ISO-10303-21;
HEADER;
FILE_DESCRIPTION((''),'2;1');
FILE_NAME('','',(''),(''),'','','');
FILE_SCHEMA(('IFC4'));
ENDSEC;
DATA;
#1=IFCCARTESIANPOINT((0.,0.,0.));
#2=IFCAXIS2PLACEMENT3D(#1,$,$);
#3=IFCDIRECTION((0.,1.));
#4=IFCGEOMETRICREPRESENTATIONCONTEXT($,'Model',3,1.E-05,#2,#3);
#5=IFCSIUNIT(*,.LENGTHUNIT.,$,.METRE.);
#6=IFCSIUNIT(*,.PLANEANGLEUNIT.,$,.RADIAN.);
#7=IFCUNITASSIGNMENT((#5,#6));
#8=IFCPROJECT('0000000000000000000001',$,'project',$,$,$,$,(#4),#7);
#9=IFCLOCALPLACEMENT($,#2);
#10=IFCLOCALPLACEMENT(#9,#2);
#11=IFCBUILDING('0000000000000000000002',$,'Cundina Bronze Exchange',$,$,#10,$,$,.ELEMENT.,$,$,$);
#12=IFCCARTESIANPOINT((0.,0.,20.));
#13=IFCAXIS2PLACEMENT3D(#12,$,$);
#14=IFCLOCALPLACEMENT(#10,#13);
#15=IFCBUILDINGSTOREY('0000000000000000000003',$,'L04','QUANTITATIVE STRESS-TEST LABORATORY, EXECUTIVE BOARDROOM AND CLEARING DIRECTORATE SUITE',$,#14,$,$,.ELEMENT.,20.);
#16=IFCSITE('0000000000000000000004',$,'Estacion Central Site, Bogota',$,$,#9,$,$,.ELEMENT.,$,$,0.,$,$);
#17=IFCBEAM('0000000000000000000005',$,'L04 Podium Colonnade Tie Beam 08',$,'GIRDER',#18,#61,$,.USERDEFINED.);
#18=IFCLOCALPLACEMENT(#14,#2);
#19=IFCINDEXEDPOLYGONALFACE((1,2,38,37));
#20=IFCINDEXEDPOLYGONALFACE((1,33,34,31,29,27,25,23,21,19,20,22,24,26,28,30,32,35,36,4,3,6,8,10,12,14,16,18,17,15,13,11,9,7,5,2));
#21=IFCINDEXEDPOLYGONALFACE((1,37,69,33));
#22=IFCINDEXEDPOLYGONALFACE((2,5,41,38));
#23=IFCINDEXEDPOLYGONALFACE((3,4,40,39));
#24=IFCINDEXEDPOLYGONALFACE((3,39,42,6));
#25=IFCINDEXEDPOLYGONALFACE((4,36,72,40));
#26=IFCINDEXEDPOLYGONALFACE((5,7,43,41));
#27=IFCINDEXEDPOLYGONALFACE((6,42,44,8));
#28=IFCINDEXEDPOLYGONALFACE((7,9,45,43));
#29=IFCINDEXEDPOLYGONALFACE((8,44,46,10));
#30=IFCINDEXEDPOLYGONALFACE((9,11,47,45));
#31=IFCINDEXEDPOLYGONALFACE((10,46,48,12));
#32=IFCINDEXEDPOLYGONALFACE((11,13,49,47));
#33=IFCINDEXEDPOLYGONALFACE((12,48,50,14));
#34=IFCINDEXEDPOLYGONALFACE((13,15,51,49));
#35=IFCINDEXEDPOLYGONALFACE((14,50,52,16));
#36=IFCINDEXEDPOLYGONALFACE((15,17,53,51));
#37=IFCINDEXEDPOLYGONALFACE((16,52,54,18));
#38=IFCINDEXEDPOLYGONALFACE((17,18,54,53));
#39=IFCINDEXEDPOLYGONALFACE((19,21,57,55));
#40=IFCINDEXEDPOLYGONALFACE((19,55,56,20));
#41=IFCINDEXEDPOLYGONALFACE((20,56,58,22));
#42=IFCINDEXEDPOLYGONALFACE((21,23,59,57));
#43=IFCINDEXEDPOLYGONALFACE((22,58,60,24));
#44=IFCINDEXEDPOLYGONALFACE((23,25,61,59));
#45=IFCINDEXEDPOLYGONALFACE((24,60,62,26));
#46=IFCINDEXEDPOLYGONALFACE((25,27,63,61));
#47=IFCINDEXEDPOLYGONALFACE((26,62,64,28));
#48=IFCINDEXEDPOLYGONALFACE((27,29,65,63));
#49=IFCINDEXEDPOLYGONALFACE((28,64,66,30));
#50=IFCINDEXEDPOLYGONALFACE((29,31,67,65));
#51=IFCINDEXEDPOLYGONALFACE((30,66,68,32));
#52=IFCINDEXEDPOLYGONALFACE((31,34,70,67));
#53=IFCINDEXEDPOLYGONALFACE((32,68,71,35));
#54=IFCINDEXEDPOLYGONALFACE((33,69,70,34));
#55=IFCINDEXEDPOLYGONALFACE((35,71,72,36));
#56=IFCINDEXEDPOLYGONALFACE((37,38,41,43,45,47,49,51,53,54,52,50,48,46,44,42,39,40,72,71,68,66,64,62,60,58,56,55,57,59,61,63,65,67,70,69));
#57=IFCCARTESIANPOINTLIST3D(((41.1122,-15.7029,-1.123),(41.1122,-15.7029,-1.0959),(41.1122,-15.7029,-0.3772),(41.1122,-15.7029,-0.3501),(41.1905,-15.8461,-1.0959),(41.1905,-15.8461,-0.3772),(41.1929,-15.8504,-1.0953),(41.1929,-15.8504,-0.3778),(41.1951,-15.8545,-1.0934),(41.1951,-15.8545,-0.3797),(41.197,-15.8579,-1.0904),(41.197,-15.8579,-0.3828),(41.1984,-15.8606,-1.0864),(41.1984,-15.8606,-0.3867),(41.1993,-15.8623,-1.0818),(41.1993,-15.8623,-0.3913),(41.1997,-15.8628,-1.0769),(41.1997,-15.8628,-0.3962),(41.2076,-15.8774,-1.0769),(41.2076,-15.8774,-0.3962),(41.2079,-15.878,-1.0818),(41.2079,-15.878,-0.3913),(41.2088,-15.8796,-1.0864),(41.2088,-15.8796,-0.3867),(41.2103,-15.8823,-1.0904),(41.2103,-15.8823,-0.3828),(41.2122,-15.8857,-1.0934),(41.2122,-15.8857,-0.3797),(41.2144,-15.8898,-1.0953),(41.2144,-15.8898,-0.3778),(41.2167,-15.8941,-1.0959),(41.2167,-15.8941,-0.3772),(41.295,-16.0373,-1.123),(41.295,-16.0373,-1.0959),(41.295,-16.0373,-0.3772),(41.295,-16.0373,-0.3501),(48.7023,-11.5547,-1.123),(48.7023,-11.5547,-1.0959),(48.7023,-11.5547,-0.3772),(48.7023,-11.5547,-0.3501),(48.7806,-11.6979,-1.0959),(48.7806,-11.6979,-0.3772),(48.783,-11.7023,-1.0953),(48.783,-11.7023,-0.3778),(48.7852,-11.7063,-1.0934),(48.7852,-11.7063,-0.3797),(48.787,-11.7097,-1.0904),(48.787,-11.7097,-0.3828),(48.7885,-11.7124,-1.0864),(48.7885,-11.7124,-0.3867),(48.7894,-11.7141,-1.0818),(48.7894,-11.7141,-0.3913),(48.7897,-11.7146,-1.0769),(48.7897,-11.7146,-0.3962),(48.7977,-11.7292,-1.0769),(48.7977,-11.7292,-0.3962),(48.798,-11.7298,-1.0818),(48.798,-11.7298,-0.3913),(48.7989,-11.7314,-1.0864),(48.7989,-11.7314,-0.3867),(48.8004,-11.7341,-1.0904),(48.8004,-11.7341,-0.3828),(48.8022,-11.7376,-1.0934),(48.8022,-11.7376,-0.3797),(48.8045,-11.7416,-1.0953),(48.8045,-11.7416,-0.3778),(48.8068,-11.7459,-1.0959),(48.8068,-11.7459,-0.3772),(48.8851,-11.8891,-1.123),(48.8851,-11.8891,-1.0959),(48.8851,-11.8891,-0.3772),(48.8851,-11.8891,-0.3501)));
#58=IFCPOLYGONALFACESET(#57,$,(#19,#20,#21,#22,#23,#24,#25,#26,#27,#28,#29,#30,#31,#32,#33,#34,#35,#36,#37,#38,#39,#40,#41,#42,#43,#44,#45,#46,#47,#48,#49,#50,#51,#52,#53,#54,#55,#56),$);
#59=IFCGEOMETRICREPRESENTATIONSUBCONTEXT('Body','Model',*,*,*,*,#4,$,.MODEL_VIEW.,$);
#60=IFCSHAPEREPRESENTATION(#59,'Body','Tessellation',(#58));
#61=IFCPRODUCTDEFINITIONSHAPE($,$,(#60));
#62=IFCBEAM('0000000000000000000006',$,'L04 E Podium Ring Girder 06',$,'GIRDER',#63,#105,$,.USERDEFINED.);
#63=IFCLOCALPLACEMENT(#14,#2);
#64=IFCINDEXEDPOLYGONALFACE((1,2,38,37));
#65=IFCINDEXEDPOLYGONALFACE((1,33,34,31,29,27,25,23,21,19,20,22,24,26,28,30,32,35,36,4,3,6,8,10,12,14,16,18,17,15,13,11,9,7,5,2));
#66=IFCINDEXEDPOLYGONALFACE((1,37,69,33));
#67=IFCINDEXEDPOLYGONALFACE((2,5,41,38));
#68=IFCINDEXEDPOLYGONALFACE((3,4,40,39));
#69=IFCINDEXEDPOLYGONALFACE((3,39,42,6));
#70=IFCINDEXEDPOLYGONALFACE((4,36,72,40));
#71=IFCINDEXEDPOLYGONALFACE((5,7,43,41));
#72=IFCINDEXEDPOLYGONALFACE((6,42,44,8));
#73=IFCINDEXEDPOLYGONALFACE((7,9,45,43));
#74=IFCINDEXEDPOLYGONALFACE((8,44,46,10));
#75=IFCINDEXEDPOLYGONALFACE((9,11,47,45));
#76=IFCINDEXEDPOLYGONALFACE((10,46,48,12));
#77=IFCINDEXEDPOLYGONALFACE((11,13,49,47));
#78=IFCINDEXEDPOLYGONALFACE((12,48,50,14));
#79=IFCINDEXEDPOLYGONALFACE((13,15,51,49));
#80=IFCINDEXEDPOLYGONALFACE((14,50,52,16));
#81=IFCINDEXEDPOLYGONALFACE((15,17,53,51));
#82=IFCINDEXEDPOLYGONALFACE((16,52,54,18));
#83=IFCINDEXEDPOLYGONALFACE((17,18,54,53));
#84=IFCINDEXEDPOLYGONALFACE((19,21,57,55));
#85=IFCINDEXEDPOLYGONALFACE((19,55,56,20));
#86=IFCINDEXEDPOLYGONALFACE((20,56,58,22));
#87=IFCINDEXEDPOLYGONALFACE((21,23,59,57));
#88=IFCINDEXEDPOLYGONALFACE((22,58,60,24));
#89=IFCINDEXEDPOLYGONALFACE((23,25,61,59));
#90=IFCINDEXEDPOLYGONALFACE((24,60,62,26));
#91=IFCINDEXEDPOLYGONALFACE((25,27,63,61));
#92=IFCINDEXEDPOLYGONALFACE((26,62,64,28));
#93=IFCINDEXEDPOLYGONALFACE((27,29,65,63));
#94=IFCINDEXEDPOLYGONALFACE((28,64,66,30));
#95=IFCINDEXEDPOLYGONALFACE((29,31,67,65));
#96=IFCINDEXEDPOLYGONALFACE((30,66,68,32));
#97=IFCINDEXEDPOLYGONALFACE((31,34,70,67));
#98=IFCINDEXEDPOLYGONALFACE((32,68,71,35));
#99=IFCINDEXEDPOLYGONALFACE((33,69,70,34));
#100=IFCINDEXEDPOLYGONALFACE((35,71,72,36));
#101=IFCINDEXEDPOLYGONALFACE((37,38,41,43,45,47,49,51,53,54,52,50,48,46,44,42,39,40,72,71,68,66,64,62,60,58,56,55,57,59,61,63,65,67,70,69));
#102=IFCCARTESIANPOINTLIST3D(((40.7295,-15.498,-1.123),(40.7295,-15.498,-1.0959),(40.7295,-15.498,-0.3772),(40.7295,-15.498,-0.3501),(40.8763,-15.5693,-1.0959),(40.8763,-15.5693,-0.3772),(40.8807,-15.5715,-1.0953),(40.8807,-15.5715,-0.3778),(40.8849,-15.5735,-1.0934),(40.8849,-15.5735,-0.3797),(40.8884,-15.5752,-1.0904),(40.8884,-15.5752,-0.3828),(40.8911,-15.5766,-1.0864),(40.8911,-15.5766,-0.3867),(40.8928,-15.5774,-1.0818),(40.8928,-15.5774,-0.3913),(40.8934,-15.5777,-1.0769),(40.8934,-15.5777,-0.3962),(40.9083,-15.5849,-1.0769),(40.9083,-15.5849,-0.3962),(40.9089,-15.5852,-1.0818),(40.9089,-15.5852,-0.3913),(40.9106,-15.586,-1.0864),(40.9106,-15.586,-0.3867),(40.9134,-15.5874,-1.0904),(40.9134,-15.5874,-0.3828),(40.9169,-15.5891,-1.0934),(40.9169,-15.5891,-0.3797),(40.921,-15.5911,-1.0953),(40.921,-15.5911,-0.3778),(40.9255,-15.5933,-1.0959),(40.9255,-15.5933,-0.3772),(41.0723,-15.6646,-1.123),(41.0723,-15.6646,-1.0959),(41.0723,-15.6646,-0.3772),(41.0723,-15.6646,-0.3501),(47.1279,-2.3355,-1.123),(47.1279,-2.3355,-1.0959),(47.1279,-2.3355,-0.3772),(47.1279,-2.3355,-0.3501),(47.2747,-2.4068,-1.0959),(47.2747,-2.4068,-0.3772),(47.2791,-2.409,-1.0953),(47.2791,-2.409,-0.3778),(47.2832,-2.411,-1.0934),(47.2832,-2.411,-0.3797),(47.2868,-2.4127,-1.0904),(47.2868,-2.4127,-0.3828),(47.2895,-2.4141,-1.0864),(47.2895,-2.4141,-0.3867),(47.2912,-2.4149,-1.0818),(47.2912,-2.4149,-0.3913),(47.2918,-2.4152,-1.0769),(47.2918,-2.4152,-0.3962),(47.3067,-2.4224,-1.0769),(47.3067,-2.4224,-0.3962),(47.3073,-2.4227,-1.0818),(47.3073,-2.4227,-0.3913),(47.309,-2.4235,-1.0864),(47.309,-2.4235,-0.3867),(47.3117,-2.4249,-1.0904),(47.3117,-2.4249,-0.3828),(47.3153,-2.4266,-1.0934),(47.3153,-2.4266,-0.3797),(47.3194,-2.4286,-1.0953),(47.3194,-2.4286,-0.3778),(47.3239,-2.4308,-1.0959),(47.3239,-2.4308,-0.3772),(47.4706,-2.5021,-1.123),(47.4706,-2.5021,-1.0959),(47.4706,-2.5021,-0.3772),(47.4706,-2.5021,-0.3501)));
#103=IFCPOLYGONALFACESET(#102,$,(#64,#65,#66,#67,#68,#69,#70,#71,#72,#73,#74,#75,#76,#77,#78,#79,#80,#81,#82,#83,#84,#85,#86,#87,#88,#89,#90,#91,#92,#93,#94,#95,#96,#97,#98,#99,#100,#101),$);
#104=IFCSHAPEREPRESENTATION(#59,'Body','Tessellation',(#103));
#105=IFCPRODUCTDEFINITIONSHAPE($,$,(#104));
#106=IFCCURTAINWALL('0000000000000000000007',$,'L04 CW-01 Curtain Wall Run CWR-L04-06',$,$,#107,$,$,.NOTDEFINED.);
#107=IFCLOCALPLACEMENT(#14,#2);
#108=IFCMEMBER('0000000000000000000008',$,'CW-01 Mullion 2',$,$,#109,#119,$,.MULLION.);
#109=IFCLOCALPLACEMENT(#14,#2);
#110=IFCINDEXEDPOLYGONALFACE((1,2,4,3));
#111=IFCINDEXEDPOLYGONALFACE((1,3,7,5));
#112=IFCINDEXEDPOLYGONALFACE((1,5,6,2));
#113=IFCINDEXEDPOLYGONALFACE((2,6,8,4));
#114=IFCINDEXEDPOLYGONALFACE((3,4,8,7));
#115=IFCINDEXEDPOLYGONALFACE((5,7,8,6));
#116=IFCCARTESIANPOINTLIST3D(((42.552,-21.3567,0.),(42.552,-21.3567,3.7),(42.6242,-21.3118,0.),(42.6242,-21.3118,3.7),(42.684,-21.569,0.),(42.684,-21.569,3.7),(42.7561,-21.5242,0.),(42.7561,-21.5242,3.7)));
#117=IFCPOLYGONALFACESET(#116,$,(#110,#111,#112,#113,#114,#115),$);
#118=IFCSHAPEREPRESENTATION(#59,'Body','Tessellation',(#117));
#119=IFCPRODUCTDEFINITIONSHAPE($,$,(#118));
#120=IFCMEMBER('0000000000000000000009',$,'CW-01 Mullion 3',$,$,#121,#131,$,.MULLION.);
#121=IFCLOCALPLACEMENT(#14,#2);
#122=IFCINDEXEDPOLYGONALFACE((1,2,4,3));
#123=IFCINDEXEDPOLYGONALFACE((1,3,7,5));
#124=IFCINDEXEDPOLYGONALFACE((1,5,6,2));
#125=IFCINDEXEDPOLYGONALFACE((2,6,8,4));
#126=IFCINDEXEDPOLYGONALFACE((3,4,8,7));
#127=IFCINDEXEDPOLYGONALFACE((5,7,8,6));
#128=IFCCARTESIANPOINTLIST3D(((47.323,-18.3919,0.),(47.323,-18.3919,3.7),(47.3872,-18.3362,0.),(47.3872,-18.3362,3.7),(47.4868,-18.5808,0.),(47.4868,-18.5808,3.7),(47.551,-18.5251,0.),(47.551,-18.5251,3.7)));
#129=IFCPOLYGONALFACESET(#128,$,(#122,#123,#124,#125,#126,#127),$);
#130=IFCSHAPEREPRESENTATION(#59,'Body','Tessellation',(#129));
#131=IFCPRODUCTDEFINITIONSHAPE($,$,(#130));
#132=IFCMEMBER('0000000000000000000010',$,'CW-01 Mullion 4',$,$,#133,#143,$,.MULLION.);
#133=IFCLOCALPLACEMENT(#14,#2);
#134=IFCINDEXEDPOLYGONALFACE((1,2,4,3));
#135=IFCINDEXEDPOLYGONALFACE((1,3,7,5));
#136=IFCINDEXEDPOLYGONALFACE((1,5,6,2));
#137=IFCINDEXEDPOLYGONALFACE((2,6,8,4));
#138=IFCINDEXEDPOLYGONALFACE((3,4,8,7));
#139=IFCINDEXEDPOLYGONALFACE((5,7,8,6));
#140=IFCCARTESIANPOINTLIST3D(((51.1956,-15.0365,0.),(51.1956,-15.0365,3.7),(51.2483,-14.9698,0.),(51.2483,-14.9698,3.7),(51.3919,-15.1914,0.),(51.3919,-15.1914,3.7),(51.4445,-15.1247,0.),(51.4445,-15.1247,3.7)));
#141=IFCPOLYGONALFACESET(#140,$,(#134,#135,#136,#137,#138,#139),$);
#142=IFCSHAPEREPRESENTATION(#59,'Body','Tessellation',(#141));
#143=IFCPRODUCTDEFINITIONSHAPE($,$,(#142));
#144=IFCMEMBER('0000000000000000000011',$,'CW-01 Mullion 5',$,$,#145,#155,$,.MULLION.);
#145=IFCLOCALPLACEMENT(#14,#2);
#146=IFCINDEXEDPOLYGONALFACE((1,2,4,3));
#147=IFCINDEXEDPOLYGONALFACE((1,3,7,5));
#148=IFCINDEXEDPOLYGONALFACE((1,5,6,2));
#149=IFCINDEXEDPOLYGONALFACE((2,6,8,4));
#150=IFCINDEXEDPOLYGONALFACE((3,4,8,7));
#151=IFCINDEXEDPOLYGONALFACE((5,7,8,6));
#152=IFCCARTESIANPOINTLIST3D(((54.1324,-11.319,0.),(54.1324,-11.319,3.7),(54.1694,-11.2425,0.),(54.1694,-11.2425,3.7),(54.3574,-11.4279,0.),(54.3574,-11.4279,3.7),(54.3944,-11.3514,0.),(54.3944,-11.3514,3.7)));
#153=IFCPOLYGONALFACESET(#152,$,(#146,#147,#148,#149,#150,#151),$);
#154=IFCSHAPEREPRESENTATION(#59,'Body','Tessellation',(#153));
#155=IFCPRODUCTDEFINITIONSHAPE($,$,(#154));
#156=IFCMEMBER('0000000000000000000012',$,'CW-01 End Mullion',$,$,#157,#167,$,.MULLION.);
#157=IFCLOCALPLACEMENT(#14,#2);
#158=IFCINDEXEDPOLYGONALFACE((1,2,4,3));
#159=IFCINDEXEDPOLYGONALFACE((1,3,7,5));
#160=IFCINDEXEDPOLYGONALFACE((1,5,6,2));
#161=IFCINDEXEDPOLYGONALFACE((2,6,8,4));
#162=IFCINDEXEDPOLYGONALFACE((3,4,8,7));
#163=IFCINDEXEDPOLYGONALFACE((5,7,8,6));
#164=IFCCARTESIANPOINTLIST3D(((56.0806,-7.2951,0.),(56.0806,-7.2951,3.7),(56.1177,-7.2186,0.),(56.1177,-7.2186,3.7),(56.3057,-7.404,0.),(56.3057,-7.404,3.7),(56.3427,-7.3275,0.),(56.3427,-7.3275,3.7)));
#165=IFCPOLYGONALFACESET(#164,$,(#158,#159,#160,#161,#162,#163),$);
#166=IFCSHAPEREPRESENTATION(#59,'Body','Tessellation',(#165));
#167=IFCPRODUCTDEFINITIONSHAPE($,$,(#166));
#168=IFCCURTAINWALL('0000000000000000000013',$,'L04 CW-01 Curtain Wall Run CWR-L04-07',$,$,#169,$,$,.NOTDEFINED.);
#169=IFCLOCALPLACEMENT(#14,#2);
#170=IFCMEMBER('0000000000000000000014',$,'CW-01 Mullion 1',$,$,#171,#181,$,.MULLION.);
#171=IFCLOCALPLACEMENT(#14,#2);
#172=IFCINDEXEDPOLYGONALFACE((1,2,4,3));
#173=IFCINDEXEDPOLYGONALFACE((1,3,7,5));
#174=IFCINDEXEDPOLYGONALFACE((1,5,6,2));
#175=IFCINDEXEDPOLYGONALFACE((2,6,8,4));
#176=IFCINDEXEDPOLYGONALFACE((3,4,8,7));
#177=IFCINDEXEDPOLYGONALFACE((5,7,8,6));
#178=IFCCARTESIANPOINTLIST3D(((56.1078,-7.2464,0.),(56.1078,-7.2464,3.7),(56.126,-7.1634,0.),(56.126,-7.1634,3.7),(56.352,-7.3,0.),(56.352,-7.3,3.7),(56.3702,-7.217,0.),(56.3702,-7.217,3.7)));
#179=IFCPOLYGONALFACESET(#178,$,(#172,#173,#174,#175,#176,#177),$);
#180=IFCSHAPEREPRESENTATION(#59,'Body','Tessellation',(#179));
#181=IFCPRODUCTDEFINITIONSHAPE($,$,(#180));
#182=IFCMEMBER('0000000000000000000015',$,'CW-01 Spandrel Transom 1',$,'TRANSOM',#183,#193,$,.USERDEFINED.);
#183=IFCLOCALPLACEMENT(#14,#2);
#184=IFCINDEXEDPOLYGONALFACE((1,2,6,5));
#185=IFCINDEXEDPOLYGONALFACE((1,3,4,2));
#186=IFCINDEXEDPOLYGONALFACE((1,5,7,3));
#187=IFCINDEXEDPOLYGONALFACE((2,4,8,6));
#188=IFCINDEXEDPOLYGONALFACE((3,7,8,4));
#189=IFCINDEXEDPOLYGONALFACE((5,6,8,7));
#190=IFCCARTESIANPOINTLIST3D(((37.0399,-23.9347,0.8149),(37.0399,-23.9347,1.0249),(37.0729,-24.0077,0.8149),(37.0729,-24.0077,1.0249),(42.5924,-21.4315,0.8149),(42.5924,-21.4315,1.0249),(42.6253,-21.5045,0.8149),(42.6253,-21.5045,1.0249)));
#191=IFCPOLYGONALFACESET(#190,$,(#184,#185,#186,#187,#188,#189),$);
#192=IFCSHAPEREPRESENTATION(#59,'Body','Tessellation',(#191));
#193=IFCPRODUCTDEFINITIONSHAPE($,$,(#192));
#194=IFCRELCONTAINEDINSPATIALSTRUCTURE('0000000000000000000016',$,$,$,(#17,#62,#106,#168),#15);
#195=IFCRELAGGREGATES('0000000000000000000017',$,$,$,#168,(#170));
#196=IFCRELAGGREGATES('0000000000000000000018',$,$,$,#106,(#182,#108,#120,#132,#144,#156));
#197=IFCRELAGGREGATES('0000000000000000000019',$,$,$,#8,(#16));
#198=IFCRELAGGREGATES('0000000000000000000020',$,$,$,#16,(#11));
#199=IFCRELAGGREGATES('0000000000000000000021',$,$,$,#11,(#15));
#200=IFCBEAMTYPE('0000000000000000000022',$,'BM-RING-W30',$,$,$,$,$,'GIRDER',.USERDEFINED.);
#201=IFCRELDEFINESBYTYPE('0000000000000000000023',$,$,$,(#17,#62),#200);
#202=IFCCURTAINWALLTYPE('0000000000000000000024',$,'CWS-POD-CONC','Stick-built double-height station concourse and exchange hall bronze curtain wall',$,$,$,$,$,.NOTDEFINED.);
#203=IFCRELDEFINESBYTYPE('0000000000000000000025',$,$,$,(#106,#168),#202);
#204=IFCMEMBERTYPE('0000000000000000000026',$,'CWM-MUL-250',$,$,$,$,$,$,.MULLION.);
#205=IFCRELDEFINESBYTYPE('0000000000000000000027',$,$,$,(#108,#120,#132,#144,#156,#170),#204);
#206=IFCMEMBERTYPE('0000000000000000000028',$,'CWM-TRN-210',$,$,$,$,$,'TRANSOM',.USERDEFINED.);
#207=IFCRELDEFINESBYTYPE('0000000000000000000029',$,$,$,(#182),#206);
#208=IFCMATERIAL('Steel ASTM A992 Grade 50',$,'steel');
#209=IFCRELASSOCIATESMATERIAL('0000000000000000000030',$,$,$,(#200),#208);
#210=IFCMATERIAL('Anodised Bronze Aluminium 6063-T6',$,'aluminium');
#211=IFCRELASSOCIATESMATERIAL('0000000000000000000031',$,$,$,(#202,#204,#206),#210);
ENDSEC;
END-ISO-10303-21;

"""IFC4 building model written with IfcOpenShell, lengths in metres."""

from ifc_helpers import new_model, si_unit, direction, frame, origin, origin_2d, place, context, subcontext, project, spatial, rectangle, i_section, extrude, material, material_profile, profile_set, type_object, element, aggregate, save


model = new_model("IFC4")

# Units and contexts
model_context = context("Model", 3, precision=1e-05, world=origin(), true_north=direction((0.0, 1.0)))
body_context = subcontext(model_context, "Body", "Model", "MODEL_VIEW")
ifc_project = project(units=[si_unit("LENGTHUNIT", "METRE"), si_unit("PLANEANGLEUNIT", "RADIAN")], contexts=[model_context])

# Site, building, storey
site_placement = place(None, origin())
site = spatial("IfcSite", under=ifc_project, at=site_placement, Name="Estacion Central Site, Bogota", CompositionType="ELEMENT", RefElevation=0.0)
building_placement = place(site_placement, origin())
building = spatial("IfcBuilding", under=site, at=building_placement, Name="Cundina Bronze Exchange", CompositionType="ELEMENT")
storey_placement = place(building_placement, frame((0.0, 0.0, 20.0)))
storey = spatial("IfcBuildingStorey", under=building, at=storey_placement, Name="L04", Description="QUANTITATIVE STRESS-TEST LABORATORY, EXECUTIVE BOARDROOM AND CLEARING DIRECTORATE SUITE", CompositionType="ELEMENT", Elevation=20.0)

# Beams
ifc_material_1 = material(Name="Steel ASTM A992 Grade 50", Category="steel")
ifc_material_profile_1 = material_profile(ifc_material_1, i_section(OverallWidth=0.3811, OverallDepth=0.7729, WebThickness=0.0166, FlangeThickness=0.0271, FilletRadius=0.019, at=origin_2d()), Name="W30X173", Category="steel")
ifc_profile_set_1 = profile_set([ifc_material_profile_1], Name="Steel ASTM A992 Grade 50")
beam_type_1 = type_object("IfcBeamType", Name="BM-RING-W30", ElementType="GIRDER", PredefinedType="USERDEFINED", material=ifc_profile_set_1)
beam_1_placement = place(storey_placement, frame((48.7937, -11.7219, -0.7366), z_axis=(-0.877499, -0.479578, 0.0), x_axis=(0.479578, -0.877499, 0.0)))
element("IfcBeam", 1, at=beam_1_placement, inside=storey, type_object=beam_type_1, Name="L04 Podium Colonnade Tie Beam 08", ObjectType="GIRDER", PredefinedType="USERDEFINED", context=body_context, shape_type="SweptSolid", body=[
    extrude(i_section(OverallWidth=0.3811, OverallDepth=0.7729, WebThickness=0.0166, FlangeThickness=0.0271, FilletRadius=0.019, at=origin_2d()), origin(), (0.0, 0.0, 1.0), 8.6497),
])
beam_2_placement = place(storey_placement, frame((40.9009, -15.5813, -0.7366), z_axis=(0.43719, 0.899369, 0.0), x_axis=(-0.899369, 0.43719, 0.0)))
element("IfcBeam", 2, at=beam_2_placement, inside=storey, type_object=beam_type_1, Name="L04 E Podium Ring Girder 06", ObjectType="GIRDER", PredefinedType="USERDEFINED", context=body_context, shape_type="SweptSolid", body=[
    extrude(i_section(OverallWidth=0.3811, OverallDepth=0.7729, WebThickness=0.0166, FlangeThickness=0.0271, FilletRadius=0.019, at=origin_2d()), origin(), (0.0, 0.0, 1.0), 14.6353),
])

# Curtain wall, members
ifc_material_2 = material(Name="Anodised Bronze Aluminium 6063-T6", Category="aluminium")
curtain_wall_type = type_object("IfcCurtainWallType", Name="CWS-POD-CONC", Description="Stick-built double-height station concourse and exchange hall bronze curtain wall", PredefinedType="NOTDEFINED", material=ifc_material_2)
curtain_wall_1_placement = place(storey_placement, origin())
curtain_wall_1 = element("IfcCurtainWall", 3, at=curtain_wall_1_placement, inside=storey, type_object=curtain_wall_type, Name="L04 CW-01 Curtain Wall Run CWR-L04-06", PredefinedType="NOTDEFINED")
ifc_material_profile_2 = material_profile(ifc_material_2, rectangle(XDim=0.085, YDim=0.25, at=origin_2d()), Name="AL85X250", Category="aluminium")
ifc_profile_set_2 = profile_set([ifc_material_profile_2], Name="Anodised Bronze Aluminium 6063-T6")
member_type_1 = type_object("IfcMemberType", Name="CWM-MUL-250", PredefinedType="MULLION", material=ifc_profile_set_2)
member_1_placement = place(storey_placement, frame((42.6541, -21.4404, 0.0), z_axis=(0.0, 0.0, 1.0), x_axis=(0.84934, 0.527846, 0.0)))
member_1 = element("IfcMember", 4, at=member_1_placement, type_object=member_type_1, Name="CW-01 Mullion 2", PredefinedType="MULLION", context=body_context, shape_type="SweptSolid", body=[
    extrude(rectangle(XDim=0.085, YDim=0.25, at=origin_2d()), origin(), (0.0, 0.0, 1.0), 3.7),
])
member_2_placement = place(storey_placement, frame((47.437, -18.4585, 0.0), z_axis=(0.0, 0.0, 1.0), x_axis=(0.755511, 0.655136, 0.0)))
member_2 = element("IfcMember", 5, at=member_2_placement, type_object=member_type_1, Name="CW-01 Mullion 3", PredefinedType="MULLION", context=body_context, shape_type="SweptSolid", body=[
    extrude(rectangle(XDim=0.085, YDim=0.25, at=origin_2d()), origin(), (0.0, 0.0, 1.0), 3.7),
])
member_3_placement = place(storey_placement, frame((51.3201, -15.0806, 0.0), z_axis=(0.0, 0.0, 1.0), x_axis=(0.619505, 0.784993, 0.0)))
member_3 = element("IfcMember", 6, at=member_3_placement, type_object=member_type_1, Name="CW-01 Mullion 4", PredefinedType="MULLION", context=body_context, shape_type="SweptSolid", body=[
    extrude(rectangle(XDim=0.085, YDim=0.25, at=origin_2d()), origin(), (0.0, 0.0, 1.0), 3.7),
])
member_4_placement = place(storey_placement, frame((54.2634, -11.3352, 0.0), z_axis=(0.0, 0.0, 1.0), x_axis=(0.435702, 0.900091, 0.0)))
member_4 = element("IfcMember", 7, at=member_4_placement, type_object=member_type_1, Name="CW-01 Mullion 5", PredefinedType="MULLION", context=body_context, shape_type="SweptSolid", body=[
    extrude(rectangle(XDim=0.085, YDim=0.25, at=origin_2d()), origin(), (0.0, 0.0, 1.0), 3.7),
])
member_5_placement = place(storey_placement, frame((56.2117, -7.3113, 0.0), z_axis=(0.0, 0.0, 1.0), x_axis=(0.435702, 0.900091, 0.0)))
member_5 = element("IfcMember", 8, at=member_5_placement, type_object=member_type_1, Name="CW-01 End Mullion", PredefinedType="MULLION", context=body_context, shape_type="SweptSolid", body=[
    extrude(rectangle(XDim=0.085, YDim=0.25, at=origin_2d()), origin(), (0.0, 0.0, 1.0), 3.7),
])

# Curtain wall, member
curtain_wall_2_placement = place(storey_placement, origin())
curtain_wall_2 = element("IfcCurtainWall", 9, at=curtain_wall_2_placement, inside=storey, type_object=curtain_wall_type, Name="L04 CW-01 Curtain Wall Run CWR-L04-07", PredefinedType="NOTDEFINED")
member_6_placement = place(storey_placement, frame((56.239, -7.2317, 0.0), z_axis=(0.0, 0.0, 1.0), x_axis=(0.214565, 0.97671, 0.0)))
member_6 = element("IfcMember", 10, at=member_6_placement, type_object=member_type_1, Name="CW-01 Mullion 1", PredefinedType="MULLION", context=body_context, shape_type="SweptSolid", body=[
    extrude(rectangle(XDim=0.085, YDim=0.25, at=origin_2d()), origin(), (0.0, 0.0, 1.0), 3.7),
])

# Member
ifc_material_profile_3 = material_profile(ifc_material_2, rectangle(XDim=0.0801, YDim=0.21, at=origin_2d()), Name="AL80X210", Category="aluminium")
ifc_profile_set_3 = profile_set([ifc_material_profile_3], Name="Anodised Bronze Aluminium 6063-T6")
member_type_2 = type_object("IfcMemberType", Name="CWM-TRN-210", ElementType="TRANSOM", PredefinedType="USERDEFINED", material=ifc_profile_set_3)
member_7_placement = place(storey_placement, frame((37.0564, -23.9712, 0.9199), z_axis=(0.911642, 0.410986, 0.0), x_axis=(-0.410986, 0.911642, 0.0)))
member_7 = element("IfcMember", 11, at=member_7_placement, type_object=member_type_2, Name="CW-01 Spandrel Transom 1", ObjectType="TRANSOM", PredefinedType="USERDEFINED", context=body_context, shape_type="SweptSolid", body=[
    extrude(rectangle(XDim=0.0801, YDim=0.21, at=origin_2d()), origin(), (0.0, 0.0, 1.0), 6.0906),
])

aggregate(curtain_wall_2, [member_6])
aggregate(curtain_wall_1, [member_7, member_1, member_2, member_3, member_4, member_5])

save(model, "model.ifc")
